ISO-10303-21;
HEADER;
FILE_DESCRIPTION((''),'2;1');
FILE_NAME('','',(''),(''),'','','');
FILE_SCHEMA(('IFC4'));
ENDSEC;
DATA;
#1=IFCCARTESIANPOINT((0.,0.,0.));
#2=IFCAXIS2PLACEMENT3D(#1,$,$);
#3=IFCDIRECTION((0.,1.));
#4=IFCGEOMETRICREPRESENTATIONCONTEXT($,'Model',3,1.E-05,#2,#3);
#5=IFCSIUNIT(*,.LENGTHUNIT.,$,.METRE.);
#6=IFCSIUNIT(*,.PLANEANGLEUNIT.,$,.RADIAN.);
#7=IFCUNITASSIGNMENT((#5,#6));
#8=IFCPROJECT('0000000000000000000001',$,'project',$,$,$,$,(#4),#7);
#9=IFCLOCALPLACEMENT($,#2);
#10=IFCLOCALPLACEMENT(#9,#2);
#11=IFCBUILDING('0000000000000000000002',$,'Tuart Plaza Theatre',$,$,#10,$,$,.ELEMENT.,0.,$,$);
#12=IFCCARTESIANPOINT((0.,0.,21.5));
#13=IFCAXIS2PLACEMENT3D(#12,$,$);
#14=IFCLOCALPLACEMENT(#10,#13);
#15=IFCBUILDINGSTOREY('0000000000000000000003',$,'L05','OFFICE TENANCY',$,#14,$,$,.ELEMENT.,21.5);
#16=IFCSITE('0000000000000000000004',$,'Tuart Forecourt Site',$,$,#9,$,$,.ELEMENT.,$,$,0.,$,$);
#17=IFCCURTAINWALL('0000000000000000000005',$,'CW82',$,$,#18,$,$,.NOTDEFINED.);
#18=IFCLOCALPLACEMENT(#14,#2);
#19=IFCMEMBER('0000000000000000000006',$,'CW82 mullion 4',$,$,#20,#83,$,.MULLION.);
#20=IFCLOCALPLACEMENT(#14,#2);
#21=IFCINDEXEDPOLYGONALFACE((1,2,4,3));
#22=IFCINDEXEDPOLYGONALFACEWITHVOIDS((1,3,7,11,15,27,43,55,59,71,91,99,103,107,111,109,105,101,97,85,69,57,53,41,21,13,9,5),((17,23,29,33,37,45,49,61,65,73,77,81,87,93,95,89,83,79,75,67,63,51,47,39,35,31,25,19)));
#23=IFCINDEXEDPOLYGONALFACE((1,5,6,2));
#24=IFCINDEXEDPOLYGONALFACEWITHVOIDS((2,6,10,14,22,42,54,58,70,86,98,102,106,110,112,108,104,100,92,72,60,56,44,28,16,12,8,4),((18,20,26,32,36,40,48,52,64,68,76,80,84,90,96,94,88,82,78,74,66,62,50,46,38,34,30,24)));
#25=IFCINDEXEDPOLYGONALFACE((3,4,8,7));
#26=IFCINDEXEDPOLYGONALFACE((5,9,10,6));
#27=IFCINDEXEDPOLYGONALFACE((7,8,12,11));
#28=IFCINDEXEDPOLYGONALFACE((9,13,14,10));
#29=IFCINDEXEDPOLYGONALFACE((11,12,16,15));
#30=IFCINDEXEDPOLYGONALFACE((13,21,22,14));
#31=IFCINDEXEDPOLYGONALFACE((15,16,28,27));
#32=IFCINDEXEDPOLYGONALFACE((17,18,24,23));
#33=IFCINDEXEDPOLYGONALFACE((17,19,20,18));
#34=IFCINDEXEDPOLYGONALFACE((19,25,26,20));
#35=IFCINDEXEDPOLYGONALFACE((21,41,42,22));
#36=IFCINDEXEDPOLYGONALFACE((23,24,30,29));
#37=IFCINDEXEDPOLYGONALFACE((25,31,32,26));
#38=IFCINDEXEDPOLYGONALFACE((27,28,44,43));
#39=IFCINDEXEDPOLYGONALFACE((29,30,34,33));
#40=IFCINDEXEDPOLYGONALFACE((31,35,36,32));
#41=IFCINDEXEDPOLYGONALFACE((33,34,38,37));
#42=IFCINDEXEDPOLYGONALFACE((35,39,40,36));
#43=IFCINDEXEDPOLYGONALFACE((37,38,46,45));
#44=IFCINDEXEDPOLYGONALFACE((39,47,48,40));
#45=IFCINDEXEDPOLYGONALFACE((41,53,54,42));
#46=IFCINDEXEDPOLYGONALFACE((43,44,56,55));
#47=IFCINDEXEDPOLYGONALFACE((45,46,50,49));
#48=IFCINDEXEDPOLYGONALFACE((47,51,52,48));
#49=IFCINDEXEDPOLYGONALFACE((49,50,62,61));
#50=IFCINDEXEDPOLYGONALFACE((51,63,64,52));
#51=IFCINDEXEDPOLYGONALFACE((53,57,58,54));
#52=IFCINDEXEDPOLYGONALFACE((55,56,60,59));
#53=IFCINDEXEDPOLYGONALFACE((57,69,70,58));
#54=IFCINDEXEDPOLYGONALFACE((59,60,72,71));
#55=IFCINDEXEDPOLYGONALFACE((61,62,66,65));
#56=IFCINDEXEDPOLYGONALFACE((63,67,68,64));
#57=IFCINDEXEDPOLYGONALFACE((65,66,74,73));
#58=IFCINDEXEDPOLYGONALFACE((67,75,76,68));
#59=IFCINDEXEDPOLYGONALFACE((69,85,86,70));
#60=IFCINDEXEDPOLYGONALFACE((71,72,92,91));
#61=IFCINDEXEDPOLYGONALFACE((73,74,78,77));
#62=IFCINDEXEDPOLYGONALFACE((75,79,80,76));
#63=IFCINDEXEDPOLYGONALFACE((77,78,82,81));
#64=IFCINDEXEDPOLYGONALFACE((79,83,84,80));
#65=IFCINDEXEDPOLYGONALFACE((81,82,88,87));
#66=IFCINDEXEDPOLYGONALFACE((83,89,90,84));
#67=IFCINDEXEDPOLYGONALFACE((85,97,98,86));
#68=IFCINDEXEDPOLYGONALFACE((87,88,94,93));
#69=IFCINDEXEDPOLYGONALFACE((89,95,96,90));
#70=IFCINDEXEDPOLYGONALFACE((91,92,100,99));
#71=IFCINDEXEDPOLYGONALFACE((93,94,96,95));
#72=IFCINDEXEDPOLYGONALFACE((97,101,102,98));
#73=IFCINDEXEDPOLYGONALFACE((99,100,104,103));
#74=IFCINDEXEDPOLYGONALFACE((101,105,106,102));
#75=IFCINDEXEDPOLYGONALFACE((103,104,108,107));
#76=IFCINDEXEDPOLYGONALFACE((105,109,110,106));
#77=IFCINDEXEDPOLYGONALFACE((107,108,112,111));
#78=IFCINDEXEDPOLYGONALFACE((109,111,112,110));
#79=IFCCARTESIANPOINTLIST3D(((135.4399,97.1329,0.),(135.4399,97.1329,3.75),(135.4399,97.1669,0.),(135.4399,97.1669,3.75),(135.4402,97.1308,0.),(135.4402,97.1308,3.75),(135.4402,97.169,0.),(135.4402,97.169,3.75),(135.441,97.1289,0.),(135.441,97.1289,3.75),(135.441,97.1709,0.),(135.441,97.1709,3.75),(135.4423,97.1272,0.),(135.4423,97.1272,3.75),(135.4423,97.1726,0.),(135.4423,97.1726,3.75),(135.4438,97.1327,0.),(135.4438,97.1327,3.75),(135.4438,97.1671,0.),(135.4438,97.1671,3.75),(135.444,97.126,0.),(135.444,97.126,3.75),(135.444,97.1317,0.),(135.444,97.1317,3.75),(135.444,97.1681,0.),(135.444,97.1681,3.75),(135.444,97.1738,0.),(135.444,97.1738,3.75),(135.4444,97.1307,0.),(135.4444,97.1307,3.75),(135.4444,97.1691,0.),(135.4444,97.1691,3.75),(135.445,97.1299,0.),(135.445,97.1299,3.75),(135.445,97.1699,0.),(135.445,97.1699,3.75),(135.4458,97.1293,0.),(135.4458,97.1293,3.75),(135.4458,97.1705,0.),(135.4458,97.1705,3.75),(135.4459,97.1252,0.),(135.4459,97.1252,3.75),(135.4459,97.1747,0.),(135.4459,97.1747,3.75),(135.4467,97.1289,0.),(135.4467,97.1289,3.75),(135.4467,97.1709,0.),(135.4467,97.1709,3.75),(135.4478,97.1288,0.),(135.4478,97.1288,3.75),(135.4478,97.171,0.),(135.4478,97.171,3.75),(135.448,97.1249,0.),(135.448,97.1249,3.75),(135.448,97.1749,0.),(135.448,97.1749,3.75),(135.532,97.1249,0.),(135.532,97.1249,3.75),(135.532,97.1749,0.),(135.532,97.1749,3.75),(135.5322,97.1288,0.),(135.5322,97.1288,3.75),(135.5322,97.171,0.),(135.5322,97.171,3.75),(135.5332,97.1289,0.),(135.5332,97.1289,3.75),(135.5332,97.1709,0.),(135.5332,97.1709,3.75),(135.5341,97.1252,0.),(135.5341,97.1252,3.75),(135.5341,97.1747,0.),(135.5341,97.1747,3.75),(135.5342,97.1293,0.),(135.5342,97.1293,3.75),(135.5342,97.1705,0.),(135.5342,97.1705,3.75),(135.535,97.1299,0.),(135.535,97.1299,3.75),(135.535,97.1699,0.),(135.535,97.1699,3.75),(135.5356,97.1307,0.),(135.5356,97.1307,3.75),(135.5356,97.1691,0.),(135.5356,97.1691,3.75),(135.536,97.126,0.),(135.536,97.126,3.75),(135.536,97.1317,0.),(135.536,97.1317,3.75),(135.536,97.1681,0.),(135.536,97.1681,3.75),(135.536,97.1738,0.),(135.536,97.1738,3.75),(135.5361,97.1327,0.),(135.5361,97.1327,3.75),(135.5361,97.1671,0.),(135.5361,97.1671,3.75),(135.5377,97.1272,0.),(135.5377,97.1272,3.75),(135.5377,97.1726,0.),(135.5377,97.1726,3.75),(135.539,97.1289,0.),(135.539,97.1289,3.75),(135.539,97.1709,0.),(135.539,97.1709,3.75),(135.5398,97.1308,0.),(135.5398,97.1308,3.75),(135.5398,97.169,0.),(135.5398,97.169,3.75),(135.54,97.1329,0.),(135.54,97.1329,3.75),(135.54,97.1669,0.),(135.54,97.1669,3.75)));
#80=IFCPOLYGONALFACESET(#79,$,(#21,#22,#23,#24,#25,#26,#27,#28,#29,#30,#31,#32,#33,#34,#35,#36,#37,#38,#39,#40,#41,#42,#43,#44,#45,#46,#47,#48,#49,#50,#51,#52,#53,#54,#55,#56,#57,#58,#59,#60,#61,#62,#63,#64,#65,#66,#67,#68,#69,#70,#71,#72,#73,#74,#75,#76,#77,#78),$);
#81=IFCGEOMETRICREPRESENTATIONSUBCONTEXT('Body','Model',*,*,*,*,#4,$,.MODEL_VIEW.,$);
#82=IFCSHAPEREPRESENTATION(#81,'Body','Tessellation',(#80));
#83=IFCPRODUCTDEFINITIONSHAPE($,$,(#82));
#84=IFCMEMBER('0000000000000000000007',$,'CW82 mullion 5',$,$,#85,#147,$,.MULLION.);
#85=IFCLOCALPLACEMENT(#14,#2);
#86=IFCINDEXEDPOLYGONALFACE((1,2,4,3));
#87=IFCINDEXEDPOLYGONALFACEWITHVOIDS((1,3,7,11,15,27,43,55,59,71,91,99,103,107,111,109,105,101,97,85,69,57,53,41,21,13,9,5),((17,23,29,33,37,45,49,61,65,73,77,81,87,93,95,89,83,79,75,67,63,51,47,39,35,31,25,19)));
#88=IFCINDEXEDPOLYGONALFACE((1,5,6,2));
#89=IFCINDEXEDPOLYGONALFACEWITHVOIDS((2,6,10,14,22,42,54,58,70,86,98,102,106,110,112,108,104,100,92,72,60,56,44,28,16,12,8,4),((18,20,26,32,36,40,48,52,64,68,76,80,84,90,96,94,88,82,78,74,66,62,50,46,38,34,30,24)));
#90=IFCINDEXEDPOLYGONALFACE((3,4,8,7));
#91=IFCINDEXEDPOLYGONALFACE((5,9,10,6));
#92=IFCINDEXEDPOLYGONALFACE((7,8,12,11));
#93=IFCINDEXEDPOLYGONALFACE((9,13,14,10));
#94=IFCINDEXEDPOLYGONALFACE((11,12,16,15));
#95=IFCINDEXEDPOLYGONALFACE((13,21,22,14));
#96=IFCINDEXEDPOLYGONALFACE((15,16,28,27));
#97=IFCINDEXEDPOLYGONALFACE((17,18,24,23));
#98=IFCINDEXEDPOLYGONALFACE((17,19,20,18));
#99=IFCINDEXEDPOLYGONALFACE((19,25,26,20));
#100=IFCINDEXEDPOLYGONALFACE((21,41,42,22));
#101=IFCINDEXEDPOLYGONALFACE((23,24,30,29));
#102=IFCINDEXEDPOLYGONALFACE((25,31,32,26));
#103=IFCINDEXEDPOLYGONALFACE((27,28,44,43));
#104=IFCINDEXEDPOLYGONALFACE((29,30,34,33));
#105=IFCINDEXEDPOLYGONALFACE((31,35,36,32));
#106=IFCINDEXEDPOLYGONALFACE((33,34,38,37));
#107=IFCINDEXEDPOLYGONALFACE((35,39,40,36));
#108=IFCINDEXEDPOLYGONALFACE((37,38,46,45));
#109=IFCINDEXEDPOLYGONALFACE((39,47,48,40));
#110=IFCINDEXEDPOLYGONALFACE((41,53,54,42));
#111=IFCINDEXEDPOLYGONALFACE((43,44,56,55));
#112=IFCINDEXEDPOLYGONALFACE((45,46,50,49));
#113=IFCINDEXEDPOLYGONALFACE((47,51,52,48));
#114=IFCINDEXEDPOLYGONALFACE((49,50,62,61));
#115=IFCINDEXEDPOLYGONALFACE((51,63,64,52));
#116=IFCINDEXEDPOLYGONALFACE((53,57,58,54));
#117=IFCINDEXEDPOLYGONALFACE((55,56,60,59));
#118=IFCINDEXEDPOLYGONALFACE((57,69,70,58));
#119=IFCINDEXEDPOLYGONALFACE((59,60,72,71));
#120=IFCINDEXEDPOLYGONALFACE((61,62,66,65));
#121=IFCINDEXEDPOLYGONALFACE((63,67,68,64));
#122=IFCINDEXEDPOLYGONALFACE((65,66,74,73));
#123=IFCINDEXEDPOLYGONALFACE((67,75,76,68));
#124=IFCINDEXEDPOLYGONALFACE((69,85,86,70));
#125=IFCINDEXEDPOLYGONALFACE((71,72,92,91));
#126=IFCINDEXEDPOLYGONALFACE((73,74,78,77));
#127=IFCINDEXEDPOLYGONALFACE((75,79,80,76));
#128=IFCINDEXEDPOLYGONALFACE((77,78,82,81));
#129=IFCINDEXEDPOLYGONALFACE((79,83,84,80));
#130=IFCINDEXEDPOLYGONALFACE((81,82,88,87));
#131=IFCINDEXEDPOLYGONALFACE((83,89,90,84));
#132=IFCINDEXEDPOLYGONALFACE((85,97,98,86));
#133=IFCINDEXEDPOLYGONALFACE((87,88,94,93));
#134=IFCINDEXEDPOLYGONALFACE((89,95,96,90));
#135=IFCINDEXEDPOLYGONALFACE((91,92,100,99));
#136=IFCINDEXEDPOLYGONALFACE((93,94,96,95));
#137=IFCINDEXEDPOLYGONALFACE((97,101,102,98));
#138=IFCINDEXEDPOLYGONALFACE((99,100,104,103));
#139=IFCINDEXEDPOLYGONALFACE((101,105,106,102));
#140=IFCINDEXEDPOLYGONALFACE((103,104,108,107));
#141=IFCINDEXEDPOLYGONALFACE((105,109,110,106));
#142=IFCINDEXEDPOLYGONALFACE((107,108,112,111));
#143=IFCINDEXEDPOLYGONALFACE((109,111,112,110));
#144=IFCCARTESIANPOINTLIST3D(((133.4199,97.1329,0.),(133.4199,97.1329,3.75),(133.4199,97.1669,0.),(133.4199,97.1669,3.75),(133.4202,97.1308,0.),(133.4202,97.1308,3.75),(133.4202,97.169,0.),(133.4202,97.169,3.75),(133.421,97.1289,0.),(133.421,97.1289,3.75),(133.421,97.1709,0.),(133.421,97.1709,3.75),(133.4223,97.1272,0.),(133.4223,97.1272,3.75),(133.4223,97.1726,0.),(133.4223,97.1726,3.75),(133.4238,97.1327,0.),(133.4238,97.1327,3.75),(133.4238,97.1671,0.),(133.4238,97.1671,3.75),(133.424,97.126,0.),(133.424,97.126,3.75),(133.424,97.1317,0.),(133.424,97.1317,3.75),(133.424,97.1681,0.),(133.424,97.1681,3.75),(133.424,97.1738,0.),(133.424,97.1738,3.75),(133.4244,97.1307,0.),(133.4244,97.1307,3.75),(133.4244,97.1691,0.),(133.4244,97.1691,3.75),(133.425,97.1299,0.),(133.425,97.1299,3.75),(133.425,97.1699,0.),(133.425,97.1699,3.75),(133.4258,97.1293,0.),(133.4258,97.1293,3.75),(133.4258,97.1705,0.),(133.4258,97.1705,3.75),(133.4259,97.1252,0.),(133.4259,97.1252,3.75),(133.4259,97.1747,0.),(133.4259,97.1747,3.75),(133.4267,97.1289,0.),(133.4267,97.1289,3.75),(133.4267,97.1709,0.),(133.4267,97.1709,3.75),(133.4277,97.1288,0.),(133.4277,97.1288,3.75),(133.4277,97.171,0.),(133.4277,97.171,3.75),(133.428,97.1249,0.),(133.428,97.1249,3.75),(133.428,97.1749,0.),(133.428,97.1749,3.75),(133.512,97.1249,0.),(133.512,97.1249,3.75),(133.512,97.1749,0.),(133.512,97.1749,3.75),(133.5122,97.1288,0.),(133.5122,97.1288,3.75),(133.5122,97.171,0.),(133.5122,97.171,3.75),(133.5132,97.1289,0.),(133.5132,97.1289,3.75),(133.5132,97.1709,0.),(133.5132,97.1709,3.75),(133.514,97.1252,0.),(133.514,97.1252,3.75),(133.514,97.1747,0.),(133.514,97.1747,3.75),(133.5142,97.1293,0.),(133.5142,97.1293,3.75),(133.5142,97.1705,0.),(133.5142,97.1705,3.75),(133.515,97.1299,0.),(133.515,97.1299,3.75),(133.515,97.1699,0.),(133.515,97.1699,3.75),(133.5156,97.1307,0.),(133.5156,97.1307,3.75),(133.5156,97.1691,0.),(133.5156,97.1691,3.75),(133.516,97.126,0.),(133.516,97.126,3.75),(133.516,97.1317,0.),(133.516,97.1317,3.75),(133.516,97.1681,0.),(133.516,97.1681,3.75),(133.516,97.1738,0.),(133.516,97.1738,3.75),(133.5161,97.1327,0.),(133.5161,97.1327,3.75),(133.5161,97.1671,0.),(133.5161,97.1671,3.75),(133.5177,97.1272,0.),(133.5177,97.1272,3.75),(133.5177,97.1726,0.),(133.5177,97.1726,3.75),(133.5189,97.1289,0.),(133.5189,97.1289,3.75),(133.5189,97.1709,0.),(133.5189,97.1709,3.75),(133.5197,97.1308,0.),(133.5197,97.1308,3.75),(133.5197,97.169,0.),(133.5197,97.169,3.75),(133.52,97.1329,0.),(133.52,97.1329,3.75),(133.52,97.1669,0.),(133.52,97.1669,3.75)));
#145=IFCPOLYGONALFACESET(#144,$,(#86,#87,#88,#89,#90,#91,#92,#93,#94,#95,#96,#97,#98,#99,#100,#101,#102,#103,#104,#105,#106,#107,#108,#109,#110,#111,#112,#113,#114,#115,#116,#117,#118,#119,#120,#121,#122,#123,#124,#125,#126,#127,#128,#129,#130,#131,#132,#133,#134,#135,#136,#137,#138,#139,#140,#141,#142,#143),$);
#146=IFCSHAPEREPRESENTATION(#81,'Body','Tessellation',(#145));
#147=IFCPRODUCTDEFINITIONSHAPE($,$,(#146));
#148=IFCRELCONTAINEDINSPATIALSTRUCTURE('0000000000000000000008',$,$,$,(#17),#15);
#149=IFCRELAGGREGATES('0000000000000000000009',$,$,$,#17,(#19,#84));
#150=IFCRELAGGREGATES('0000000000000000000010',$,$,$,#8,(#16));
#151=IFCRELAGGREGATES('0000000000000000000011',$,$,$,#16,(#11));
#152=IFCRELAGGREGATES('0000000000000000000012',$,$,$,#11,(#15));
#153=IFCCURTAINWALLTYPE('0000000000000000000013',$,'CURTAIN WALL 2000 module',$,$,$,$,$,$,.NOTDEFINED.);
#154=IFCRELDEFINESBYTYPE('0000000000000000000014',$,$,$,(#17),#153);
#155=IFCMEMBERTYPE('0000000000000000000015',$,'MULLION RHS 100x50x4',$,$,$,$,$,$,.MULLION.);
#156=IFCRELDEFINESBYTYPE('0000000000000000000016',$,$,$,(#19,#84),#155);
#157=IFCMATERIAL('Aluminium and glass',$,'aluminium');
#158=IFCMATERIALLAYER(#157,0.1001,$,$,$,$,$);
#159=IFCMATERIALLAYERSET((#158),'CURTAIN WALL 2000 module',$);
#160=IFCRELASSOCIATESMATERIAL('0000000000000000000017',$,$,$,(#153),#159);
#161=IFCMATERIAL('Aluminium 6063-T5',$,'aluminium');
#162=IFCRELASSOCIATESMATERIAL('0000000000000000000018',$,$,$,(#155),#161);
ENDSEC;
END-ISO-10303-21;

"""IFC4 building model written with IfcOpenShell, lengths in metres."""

from ifc_helpers import new_model, si_unit, direction, frame, origin, origin_2d, place, context, subcontext, project, spatial, hollow_rectangle, extrude, material, layer, layer_set, material_profile, profile_set, type_object, element, aggregate, save


model = new_model("IFC4")

# Units and contexts
model_context = context("Model", 3, precision=1e-05, world=origin(), true_north=direction((0.0, 1.0)))
body_context = subcontext(model_context, "Body", "Model", "MODEL_VIEW")
ifc_project = project(units=[si_unit("LENGTHUNIT", "METRE"), si_unit("PLANEANGLEUNIT", "RADIAN")], contexts=[model_context])

# Site, building, storey
site_placement = place(None, origin())
site = spatial("IfcSite", under=ifc_project, at=site_placement, Name="Tuart Forecourt Site", CompositionType="ELEMENT", RefElevation=0.0)
building_placement = place(site_placement, origin())
building = spatial("IfcBuilding", under=site, at=building_placement, Name="Tuart Plaza Theatre", CompositionType="ELEMENT", ElevationOfRefHeight=0.0)
storey_placement = place(building_placement, frame((0.0, 0.0, 21.5)))
storey = spatial("IfcBuildingStorey", under=building, at=storey_placement, Name="L05", Description="OFFICE TENANCY", CompositionType="ELEMENT", Elevation=21.5)

# Curtain wall, members
ifc_material_1 = material(Name="Aluminium and glass", Category="aluminium")
ifc_layer_1 = layer(ifc_material_1, 0.1001)
ifc_layer_set_1 = layer_set([ifc_layer_1], Name="CURTAIN WALL 2000 module")
curtain_wall_type = type_object("IfcCurtainWallType", Name="CURTAIN WALL 2000 module", PredefinedType="NOTDEFINED", material=ifc_layer_set_1)
curtain_wall_1_placement = place(storey_placement, origin())
curtain_wall_1 = element("IfcCurtainWall", 1, at=curtain_wall_1_placement, inside=storey, type_object=curtain_wall_type, Name="CW82", PredefinedType="NOTDEFINED")
ifc_material_2 = material(Name="Aluminium 6063-T5", Category="aluminium")
ifc_material_profile_1 = material_profile(ifc_material_2, hollow_rectangle(XDim=0.05, YDim=0.1001, WallThickness=0.0039, InnerFilletRadius=0.0039, OuterFilletRadius=0.0081, at=origin_2d()), Name="RHS 100x50x4")
ifc_profile_set_1 = profile_set([ifc_material_profile_1], Name="Aluminium 6063-T5")
member_type_1 = type_object("IfcMemberType", Name="MULLION RHS 100x50x4", PredefinedType="MULLION", material=ifc_profile_set_1)
member_1_placement = place(storey_placement, frame((135.49, 97.1499, 0.0), z_axis=(0.0, 0.0, 1.0), x_axis=(0.0, -1.0, 0.0)))
member_1 = element("IfcMember", 2, at=member_1_placement, type_object=member_type_1, Name="CW82 mullion 4", PredefinedType="MULLION", context=body_context, shape_type="SweptSolid", body=[
    extrude(hollow_rectangle(XDim=0.05, YDim=0.1001, WallThickness=0.0039, InnerFilletRadius=0.0039, OuterFilletRadius=0.0081, at=origin_2d()), origin(), (0.0, 0.0, 1.0), 3.75),
])
member_2_placement = place(storey_placement, frame((133.47, 97.1499, 0.0), z_axis=(0.0, 0.0, 1.0), x_axis=(0.0, -1.0, 0.0)))
member_2 = element("IfcMember", 3, at=member_2_placement, type_object=member_type_1, Name="CW82 mullion 5", PredefinedType="MULLION", context=body_context, shape_type="SweptSolid", body=[
    extrude(hollow_rectangle(XDim=0.05, YDim=0.1001, WallThickness=0.0039, InnerFilletRadius=0.0039, OuterFilletRadius=0.0081, at=origin_2d()), origin(), (0.0, 0.0, 1.0), 3.75),
])

aggregate(curtain_wall_1, [member_1, member_2])

save(model, "model.ifc")
